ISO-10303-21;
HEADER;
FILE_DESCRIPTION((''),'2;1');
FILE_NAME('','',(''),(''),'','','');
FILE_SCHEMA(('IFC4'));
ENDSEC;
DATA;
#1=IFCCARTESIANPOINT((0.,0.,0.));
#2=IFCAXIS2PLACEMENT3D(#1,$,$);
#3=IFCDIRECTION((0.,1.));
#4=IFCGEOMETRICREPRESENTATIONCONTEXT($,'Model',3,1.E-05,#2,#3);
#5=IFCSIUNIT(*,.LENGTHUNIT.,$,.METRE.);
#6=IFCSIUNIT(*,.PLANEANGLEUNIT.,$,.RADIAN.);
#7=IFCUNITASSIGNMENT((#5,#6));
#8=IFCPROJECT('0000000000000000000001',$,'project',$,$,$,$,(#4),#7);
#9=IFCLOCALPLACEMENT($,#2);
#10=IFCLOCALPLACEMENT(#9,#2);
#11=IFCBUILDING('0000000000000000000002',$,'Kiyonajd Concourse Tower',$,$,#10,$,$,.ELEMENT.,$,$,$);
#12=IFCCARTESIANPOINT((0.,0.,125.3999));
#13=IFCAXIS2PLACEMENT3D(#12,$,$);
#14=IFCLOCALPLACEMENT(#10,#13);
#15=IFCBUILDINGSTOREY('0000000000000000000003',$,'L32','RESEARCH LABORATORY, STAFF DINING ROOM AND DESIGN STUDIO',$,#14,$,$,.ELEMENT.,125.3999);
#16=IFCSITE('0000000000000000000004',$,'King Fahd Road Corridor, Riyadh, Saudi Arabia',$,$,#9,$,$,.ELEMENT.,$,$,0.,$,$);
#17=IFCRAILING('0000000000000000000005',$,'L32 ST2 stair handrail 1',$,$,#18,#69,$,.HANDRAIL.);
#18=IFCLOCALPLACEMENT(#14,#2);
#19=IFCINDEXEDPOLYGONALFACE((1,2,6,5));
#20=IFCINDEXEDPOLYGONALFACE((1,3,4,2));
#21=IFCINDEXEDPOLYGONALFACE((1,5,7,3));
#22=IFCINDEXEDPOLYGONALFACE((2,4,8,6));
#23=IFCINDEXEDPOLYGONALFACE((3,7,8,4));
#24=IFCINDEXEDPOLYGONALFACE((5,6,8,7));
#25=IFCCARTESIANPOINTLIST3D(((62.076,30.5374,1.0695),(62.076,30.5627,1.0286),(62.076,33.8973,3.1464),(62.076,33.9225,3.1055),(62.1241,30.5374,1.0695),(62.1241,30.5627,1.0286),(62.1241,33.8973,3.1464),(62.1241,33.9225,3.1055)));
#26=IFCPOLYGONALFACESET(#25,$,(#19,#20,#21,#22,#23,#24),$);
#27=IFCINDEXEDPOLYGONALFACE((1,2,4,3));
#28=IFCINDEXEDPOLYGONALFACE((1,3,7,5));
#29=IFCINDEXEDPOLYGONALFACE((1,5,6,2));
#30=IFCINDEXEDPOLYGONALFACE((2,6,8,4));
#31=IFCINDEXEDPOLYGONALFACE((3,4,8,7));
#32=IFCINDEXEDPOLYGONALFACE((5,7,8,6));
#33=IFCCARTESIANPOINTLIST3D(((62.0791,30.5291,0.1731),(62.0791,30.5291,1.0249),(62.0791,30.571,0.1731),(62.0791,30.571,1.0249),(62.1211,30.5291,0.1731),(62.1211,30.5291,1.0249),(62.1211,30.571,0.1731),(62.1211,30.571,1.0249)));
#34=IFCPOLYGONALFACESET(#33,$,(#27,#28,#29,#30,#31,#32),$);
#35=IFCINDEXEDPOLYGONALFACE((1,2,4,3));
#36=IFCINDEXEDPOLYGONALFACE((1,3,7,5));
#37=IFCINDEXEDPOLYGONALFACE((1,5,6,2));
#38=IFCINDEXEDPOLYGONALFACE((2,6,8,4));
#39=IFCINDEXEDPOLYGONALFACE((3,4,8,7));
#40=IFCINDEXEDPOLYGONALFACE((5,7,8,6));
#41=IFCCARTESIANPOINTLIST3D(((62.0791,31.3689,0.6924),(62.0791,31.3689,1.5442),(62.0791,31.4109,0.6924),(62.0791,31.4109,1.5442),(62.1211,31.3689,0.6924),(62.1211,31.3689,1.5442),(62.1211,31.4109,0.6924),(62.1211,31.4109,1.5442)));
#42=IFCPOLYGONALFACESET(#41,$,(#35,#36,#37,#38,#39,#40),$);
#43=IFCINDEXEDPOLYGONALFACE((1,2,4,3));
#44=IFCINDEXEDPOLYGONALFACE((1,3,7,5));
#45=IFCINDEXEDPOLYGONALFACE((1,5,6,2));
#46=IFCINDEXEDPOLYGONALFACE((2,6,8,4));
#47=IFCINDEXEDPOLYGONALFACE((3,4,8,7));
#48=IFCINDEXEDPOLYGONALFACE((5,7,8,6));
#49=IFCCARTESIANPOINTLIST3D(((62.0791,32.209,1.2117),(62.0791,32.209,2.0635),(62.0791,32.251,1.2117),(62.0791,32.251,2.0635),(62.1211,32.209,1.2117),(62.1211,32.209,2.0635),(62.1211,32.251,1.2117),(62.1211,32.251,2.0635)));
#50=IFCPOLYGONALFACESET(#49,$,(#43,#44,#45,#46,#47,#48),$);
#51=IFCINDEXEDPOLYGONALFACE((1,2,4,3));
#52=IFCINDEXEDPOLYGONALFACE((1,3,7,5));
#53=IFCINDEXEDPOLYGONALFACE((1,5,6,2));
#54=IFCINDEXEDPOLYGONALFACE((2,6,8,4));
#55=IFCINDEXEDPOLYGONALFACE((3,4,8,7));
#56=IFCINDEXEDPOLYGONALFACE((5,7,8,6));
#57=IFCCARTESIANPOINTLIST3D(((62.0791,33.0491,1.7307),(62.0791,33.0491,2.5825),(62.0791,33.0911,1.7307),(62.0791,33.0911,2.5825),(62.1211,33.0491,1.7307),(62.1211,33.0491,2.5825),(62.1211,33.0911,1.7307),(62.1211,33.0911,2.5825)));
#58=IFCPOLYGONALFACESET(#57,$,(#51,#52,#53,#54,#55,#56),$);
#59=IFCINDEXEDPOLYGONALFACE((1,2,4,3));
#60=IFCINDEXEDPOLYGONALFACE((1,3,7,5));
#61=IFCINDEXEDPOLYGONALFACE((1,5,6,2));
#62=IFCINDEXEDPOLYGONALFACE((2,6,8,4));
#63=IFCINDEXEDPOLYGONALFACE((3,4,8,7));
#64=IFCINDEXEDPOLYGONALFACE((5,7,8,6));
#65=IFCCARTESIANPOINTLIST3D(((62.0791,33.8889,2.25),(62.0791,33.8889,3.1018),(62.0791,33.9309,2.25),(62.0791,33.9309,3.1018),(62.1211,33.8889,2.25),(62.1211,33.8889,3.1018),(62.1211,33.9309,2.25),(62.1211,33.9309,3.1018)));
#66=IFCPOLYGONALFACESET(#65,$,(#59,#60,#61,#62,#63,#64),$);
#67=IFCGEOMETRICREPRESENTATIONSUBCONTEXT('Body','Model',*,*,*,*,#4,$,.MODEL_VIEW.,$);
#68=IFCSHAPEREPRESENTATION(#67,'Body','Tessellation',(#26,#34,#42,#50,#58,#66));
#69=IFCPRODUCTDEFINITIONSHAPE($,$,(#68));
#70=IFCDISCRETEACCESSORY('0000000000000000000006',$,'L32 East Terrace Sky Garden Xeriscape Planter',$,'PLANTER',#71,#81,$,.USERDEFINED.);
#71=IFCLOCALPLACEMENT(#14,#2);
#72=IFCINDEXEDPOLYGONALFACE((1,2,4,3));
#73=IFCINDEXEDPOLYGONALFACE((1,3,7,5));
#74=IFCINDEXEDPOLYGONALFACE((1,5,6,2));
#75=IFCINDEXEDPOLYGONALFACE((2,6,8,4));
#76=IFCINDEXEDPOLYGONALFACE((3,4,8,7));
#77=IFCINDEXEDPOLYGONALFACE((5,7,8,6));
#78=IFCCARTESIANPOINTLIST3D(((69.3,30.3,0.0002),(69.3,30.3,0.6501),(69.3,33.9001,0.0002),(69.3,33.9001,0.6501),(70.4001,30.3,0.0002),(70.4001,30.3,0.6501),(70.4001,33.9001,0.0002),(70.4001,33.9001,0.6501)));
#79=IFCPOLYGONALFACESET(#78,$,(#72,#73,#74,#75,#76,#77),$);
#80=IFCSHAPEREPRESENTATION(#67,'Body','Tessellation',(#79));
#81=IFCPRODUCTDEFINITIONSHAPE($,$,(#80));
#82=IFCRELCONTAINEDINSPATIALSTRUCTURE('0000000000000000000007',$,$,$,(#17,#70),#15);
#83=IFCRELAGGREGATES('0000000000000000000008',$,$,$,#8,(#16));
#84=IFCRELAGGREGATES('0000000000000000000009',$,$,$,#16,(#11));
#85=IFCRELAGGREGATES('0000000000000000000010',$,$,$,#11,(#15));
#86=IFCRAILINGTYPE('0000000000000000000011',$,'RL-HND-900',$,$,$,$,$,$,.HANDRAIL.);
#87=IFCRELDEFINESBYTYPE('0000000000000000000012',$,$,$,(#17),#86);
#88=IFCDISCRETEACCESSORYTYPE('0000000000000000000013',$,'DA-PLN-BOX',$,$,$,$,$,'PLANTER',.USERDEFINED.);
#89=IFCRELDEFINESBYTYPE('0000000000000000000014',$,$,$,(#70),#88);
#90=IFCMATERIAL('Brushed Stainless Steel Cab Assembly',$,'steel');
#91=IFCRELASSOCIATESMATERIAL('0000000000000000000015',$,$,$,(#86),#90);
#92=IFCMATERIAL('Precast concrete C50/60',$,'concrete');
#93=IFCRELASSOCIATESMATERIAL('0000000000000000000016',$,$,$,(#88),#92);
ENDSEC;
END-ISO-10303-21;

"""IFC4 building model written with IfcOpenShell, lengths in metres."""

from ifc_helpers import new_model, si_unit, direction, frame, origin, origin_2d, place, context, subcontext, project, spatial, rectangle, extrude, material, type_object, element, save


model = new_model("IFC4")

# Units and contexts
model_context = context("Model", 3, precision=1e-05, world=origin(), true_north=direction((0.0, 1.0)))
body_context = subcontext(model_context, "Body", "Model", "MODEL_VIEW")
ifc_project = project(units=[si_unit("LENGTHUNIT", "METRE"), si_unit("PLANEANGLEUNIT", "RADIAN")], contexts=[model_context])

# Site, building, storey
site_placement = place(None, origin())
site = spatial("IfcSite", under=ifc_project, at=site_placement, Name="King Fahd Road Corridor, Riyadh, Saudi Arabia", CompositionType="ELEMENT", RefElevation=0.0)
building_placement = place(site_placement, origin())
building = spatial("IfcBuilding", under=site, at=building_placement, Name="Kiyonajd Concourse Tower", CompositionType="ELEMENT")
storey_placement = place(building_placement, frame((0.0, 0.0, 125.3999)))
storey = spatial("IfcBuildingStorey", under=building, at=storey_placement, Name="L32", Description="RESEARCH LABORATORY, STAFF DINING ROOM AND DESIGN STUDIO", CompositionType="ELEMENT", Elevation=125.3999)

# Shared definitions
ifc_material_1 = material(Name="Precast concrete C50/60", Category="concrete")

# Railing
ifc_material_2 = material(Name="Brushed Stainless Steel Cab Assembly", Category="steel")
railing_type_1 = type_object("IfcRailingType", Name="RL-HND-900", PredefinedType="HANDRAIL", material=ifc_material_2)
railing_1_placement = place(storey_placement, frame((62.1001, 30.55, 0.1731)))
element("IfcRailing", 1, at=railing_1_placement, inside=storey, type_object=railing_type_1, Name="L32 ST2 stair handrail 1", PredefinedType="HANDRAIL", context=body_context, shape_type="SweptSolid", body=[
    extrude(rectangle(XDim=0.0481, YDim=0.0481, at=origin_2d()), frame((0.0, 0.0, 0.876), z_axis=(0.0, 0.850606, 0.525803), x_axis=(-1.0, 0.0, 0.0)), (0.0, 0.0, 1.0), 3.95),
    extrude(rectangle(XDim=0.042, YDim=0.042, at=origin_2d()), origin(), (0.0, 0.0, 1.0), 0.8518),
    extrude(rectangle(XDim=0.042, YDim=0.042, at=origin_2d()), frame((0.0, 0.8398, 0.5193)), (0.0, 0.0, 1.0), 0.8518),
    extrude(rectangle(XDim=0.042, YDim=0.042, at=origin_2d()), frame((0.0, 1.6799, 1.0386)), (0.0, 0.0, 1.0), 0.8518),
    extrude(rectangle(XDim=0.042, YDim=0.042, at=origin_2d()), frame((0.0, 2.52, 1.5576)), (0.0, 0.0, 1.0), 0.8518),
    extrude(rectangle(XDim=0.042, YDim=0.042, at=origin_2d()), frame((0.0, 3.3599, 2.0769)), (0.0, 0.0, 1.0), 0.8518),
])

# Discrete accessory
discrete_accessory_type = type_object("IfcDiscreteAccessoryType", Name="DA-PLN-BOX", ElementType="PLANTER", PredefinedType="USERDEFINED", material=ifc_material_1)
discrete_accessory_placement = place(storey_placement, frame((69.8501, 32.1001, 0.0002), z_axis=(0.0, 0.0, 1.0), x_axis=(0.0, 1.0, 0.0)))
element("IfcDiscreteAccessory", 2, at=discrete_accessory_placement, inside=storey, type_object=discrete_accessory_type, Name="L32 East Terrace Sky Garden Xeriscape Planter", ObjectType="PLANTER", PredefinedType="USERDEFINED", context=body_context, shape_type="SweptSolid", body=[
    extrude(rectangle(XDim=3.6001, YDim=1.1001, at=origin_2d()), origin(), (0.0, 0.0, 1.0), 0.6499),
])

save(model, "model.ifc")
